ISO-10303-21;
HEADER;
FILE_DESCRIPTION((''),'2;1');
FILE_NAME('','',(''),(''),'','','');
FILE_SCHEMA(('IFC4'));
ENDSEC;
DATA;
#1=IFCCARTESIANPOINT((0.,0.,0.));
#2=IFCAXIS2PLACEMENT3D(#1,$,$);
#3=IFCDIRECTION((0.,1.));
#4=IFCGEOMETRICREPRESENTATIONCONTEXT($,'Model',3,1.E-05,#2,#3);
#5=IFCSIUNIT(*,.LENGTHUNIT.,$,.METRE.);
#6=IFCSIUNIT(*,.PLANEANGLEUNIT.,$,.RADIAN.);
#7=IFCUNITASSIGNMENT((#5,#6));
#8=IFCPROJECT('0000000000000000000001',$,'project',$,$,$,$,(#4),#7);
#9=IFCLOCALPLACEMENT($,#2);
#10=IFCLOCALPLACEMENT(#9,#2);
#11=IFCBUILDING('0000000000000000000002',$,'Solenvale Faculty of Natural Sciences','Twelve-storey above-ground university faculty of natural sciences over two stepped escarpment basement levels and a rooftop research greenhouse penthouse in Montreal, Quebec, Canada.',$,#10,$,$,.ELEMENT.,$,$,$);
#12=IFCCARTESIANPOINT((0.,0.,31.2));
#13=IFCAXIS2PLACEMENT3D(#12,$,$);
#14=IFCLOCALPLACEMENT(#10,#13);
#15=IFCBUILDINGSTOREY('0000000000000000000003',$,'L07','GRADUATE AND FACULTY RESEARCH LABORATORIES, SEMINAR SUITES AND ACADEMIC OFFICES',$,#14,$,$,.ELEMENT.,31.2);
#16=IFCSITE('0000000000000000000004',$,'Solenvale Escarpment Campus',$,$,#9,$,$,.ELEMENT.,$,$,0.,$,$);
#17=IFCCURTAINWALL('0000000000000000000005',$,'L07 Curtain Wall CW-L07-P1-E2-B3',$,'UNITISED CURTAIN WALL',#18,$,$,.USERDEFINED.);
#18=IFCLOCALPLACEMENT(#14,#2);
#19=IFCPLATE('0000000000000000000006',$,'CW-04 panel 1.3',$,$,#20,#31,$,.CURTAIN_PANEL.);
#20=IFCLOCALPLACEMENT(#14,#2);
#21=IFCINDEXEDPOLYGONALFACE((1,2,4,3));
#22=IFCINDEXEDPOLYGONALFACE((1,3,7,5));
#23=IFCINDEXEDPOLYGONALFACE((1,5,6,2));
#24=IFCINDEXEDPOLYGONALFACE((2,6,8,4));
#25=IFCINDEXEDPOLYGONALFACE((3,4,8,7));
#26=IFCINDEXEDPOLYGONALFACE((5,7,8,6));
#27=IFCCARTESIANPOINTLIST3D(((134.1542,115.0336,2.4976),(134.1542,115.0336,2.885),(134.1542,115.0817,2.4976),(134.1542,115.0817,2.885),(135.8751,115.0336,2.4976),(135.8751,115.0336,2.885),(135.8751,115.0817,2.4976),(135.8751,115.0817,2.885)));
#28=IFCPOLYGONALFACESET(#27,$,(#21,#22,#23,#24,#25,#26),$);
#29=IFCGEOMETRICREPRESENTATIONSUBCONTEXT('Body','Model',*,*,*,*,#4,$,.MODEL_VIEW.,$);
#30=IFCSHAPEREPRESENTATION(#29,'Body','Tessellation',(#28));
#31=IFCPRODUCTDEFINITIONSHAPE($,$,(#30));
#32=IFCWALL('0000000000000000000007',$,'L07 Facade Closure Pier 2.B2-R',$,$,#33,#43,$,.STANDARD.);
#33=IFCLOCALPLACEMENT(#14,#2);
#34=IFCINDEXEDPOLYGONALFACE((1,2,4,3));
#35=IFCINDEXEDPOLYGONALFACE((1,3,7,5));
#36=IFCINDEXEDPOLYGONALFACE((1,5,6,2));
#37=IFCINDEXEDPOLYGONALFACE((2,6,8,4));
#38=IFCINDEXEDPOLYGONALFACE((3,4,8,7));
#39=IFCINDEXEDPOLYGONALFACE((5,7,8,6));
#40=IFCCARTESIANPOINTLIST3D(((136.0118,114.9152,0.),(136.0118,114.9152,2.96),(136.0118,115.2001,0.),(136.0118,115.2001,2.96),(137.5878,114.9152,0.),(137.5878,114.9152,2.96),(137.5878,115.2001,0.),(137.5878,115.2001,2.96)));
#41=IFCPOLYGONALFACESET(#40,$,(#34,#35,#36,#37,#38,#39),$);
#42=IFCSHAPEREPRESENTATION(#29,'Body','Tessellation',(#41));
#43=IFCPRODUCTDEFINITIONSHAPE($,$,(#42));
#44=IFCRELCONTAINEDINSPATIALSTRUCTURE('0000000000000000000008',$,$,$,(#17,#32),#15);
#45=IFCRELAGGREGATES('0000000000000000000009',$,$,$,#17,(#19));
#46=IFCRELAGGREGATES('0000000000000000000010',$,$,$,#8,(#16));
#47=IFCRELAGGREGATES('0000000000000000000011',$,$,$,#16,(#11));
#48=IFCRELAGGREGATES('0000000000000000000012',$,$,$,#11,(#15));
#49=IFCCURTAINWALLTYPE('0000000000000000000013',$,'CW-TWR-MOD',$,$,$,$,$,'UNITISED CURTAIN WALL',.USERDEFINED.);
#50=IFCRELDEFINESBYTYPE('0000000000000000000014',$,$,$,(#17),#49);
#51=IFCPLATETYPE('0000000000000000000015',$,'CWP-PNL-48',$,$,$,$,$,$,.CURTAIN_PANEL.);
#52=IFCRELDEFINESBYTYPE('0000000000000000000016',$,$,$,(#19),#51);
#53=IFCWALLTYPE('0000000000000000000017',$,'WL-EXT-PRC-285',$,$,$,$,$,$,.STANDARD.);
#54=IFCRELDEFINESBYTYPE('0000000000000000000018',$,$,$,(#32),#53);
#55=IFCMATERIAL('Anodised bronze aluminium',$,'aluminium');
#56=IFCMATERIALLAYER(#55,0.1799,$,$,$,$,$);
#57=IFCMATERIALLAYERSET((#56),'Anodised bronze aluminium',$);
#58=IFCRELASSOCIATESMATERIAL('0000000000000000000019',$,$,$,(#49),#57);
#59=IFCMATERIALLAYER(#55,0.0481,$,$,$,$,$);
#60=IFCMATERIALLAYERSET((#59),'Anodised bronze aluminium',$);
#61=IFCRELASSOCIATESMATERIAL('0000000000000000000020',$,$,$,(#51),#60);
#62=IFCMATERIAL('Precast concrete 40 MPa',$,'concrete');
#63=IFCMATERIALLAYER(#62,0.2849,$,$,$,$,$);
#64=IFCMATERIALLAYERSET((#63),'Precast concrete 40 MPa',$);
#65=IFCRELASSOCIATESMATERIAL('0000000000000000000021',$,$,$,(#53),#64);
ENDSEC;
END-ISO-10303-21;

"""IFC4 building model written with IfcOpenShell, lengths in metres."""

from ifc_helpers import new_model, si_unit, direction, frame, frame_2d, origin, origin_2d, place, context, subcontext, project, spatial, rectangle, extrude, material, layer, layer_set, type_object, element, aggregate, save


model = new_model("IFC4")

# Units and contexts
model_context = context("Model", 3, precision=1e-05, world=origin(), true_north=direction((0.0, 1.0)))
body_context = subcontext(model_context, "Body", "Model", "MODEL_VIEW")
ifc_project = project(units=[si_unit("LENGTHUNIT", "METRE"), si_unit("PLANEANGLEUNIT", "RADIAN")], contexts=[model_context])

# Site, building, storey
site_placement = place(None, origin())
site = spatial("IfcSite", under=ifc_project, at=site_placement, Name="Solenvale Escarpment Campus", CompositionType="ELEMENT", RefElevation=0.0)
building_placement = place(site_placement, origin())
building = spatial("IfcBuilding", under=site, at=building_placement, Name="Solenvale Faculty of Natural Sciences", Description="Twelve-storey above-ground university faculty of natural sciences over two stepped escarpment basement levels and a rooftop research greenhouse penthouse in Montreal, Quebec, Canada.", CompositionType="ELEMENT")
storey_placement = place(building_placement, frame((0.0, 0.0, 31.2)))
storey = spatial("IfcBuildingStorey", under=building, at=storey_placement, Name="L07", Description="GRADUATE AND FACULTY RESEARCH LABORATORIES, SEMINAR SUITES AND ACADEMIC OFFICES", CompositionType="ELEMENT", Elevation=31.2)

# Shared definitions
ifc_material_1 = material(Name="Precast concrete 40 MPa", Category="concrete")

# Curtain wall
ifc_material_2 = material(Name="Anodised bronze aluminium", Category="aluminium")
ifc_layer_1 = layer(ifc_material_2, 0.1799)
ifc_layer_set_1 = layer_set([ifc_layer_1], Name="Anodised bronze aluminium")
curtain_wall_type = type_object("IfcCurtainWallType", Name="CW-TWR-MOD", ElementType="UNITISED CURTAIN WALL", PredefinedType="USERDEFINED", material=ifc_layer_set_1)
curtain_wall_1_placement = place(storey_placement, origin())
curtain_wall_1 = element("IfcCurtainWall", 1, at=curtain_wall_1_placement, inside=storey, type_object=curtain_wall_type, Name="L07 Curtain Wall CW-L07-P1-E2-B3", ObjectType="UNITISED CURTAIN WALL", PredefinedType="USERDEFINED")

# Plate
ifc_layer_2 = layer(ifc_material_2, 0.0481)
ifc_layer_set_2 = layer_set([ifc_layer_2], Name="Anodised bronze aluminium")
plate_type_1 = type_object("IfcPlateType", Name="CWP-PNL-48", PredefinedType="CURTAIN_PANEL", material=ifc_layer_set_2)
plate_1_placement = place(storey_placement, frame((135.0146, 115.0576, 2.4976), z_axis=(0.0, 0.0, 1.0), x_axis=(-1.0, 0.0, 0.0)))
plate_1 = element("IfcPlate", 2, at=plate_1_placement, type_object=plate_type_1, Name="CW-04 panel 1.3", PredefinedType="CURTAIN_PANEL", context=body_context, shape_type="SweptSolid", body=[
    extrude(rectangle(XDim=1.7209, YDim=0.0481, at=origin_2d()), origin(), (0.0, 0.0, 1.0), 0.3875),
])
aggregate(curtain_wall_1, [plate_1])

# Wall
ifc_layer_3 = layer(ifc_material_1, 0.2849)
ifc_layer_set_3 = layer_set([ifc_layer_3], Name="Precast concrete 40 MPa")
wall_type = type_object("IfcWallType", Name="WL-EXT-PRC-285", PredefinedType="STANDARD", material=ifc_layer_set_3)
wall_placement = place(storey_placement, frame((137.5879, 115.0576, 0.0), z_axis=(0.0, 0.0, 1.0), x_axis=(-1.0, 0.0, 0.0)))
element("IfcWall", 3, at=wall_placement, inside=storey, type_object=wall_type, Name="L07 Facade Closure Pier 2.B2-R", PredefinedType="STANDARD", context=body_context, shape_type="SweptSolid", body=[
    extrude(rectangle(XDim=1.5759, YDim=0.2849, at=frame_2d((0.7881, 0.0))), origin(), (0.0, 0.0, 1.0), 2.96),
])

save(model, "model.ifc")
